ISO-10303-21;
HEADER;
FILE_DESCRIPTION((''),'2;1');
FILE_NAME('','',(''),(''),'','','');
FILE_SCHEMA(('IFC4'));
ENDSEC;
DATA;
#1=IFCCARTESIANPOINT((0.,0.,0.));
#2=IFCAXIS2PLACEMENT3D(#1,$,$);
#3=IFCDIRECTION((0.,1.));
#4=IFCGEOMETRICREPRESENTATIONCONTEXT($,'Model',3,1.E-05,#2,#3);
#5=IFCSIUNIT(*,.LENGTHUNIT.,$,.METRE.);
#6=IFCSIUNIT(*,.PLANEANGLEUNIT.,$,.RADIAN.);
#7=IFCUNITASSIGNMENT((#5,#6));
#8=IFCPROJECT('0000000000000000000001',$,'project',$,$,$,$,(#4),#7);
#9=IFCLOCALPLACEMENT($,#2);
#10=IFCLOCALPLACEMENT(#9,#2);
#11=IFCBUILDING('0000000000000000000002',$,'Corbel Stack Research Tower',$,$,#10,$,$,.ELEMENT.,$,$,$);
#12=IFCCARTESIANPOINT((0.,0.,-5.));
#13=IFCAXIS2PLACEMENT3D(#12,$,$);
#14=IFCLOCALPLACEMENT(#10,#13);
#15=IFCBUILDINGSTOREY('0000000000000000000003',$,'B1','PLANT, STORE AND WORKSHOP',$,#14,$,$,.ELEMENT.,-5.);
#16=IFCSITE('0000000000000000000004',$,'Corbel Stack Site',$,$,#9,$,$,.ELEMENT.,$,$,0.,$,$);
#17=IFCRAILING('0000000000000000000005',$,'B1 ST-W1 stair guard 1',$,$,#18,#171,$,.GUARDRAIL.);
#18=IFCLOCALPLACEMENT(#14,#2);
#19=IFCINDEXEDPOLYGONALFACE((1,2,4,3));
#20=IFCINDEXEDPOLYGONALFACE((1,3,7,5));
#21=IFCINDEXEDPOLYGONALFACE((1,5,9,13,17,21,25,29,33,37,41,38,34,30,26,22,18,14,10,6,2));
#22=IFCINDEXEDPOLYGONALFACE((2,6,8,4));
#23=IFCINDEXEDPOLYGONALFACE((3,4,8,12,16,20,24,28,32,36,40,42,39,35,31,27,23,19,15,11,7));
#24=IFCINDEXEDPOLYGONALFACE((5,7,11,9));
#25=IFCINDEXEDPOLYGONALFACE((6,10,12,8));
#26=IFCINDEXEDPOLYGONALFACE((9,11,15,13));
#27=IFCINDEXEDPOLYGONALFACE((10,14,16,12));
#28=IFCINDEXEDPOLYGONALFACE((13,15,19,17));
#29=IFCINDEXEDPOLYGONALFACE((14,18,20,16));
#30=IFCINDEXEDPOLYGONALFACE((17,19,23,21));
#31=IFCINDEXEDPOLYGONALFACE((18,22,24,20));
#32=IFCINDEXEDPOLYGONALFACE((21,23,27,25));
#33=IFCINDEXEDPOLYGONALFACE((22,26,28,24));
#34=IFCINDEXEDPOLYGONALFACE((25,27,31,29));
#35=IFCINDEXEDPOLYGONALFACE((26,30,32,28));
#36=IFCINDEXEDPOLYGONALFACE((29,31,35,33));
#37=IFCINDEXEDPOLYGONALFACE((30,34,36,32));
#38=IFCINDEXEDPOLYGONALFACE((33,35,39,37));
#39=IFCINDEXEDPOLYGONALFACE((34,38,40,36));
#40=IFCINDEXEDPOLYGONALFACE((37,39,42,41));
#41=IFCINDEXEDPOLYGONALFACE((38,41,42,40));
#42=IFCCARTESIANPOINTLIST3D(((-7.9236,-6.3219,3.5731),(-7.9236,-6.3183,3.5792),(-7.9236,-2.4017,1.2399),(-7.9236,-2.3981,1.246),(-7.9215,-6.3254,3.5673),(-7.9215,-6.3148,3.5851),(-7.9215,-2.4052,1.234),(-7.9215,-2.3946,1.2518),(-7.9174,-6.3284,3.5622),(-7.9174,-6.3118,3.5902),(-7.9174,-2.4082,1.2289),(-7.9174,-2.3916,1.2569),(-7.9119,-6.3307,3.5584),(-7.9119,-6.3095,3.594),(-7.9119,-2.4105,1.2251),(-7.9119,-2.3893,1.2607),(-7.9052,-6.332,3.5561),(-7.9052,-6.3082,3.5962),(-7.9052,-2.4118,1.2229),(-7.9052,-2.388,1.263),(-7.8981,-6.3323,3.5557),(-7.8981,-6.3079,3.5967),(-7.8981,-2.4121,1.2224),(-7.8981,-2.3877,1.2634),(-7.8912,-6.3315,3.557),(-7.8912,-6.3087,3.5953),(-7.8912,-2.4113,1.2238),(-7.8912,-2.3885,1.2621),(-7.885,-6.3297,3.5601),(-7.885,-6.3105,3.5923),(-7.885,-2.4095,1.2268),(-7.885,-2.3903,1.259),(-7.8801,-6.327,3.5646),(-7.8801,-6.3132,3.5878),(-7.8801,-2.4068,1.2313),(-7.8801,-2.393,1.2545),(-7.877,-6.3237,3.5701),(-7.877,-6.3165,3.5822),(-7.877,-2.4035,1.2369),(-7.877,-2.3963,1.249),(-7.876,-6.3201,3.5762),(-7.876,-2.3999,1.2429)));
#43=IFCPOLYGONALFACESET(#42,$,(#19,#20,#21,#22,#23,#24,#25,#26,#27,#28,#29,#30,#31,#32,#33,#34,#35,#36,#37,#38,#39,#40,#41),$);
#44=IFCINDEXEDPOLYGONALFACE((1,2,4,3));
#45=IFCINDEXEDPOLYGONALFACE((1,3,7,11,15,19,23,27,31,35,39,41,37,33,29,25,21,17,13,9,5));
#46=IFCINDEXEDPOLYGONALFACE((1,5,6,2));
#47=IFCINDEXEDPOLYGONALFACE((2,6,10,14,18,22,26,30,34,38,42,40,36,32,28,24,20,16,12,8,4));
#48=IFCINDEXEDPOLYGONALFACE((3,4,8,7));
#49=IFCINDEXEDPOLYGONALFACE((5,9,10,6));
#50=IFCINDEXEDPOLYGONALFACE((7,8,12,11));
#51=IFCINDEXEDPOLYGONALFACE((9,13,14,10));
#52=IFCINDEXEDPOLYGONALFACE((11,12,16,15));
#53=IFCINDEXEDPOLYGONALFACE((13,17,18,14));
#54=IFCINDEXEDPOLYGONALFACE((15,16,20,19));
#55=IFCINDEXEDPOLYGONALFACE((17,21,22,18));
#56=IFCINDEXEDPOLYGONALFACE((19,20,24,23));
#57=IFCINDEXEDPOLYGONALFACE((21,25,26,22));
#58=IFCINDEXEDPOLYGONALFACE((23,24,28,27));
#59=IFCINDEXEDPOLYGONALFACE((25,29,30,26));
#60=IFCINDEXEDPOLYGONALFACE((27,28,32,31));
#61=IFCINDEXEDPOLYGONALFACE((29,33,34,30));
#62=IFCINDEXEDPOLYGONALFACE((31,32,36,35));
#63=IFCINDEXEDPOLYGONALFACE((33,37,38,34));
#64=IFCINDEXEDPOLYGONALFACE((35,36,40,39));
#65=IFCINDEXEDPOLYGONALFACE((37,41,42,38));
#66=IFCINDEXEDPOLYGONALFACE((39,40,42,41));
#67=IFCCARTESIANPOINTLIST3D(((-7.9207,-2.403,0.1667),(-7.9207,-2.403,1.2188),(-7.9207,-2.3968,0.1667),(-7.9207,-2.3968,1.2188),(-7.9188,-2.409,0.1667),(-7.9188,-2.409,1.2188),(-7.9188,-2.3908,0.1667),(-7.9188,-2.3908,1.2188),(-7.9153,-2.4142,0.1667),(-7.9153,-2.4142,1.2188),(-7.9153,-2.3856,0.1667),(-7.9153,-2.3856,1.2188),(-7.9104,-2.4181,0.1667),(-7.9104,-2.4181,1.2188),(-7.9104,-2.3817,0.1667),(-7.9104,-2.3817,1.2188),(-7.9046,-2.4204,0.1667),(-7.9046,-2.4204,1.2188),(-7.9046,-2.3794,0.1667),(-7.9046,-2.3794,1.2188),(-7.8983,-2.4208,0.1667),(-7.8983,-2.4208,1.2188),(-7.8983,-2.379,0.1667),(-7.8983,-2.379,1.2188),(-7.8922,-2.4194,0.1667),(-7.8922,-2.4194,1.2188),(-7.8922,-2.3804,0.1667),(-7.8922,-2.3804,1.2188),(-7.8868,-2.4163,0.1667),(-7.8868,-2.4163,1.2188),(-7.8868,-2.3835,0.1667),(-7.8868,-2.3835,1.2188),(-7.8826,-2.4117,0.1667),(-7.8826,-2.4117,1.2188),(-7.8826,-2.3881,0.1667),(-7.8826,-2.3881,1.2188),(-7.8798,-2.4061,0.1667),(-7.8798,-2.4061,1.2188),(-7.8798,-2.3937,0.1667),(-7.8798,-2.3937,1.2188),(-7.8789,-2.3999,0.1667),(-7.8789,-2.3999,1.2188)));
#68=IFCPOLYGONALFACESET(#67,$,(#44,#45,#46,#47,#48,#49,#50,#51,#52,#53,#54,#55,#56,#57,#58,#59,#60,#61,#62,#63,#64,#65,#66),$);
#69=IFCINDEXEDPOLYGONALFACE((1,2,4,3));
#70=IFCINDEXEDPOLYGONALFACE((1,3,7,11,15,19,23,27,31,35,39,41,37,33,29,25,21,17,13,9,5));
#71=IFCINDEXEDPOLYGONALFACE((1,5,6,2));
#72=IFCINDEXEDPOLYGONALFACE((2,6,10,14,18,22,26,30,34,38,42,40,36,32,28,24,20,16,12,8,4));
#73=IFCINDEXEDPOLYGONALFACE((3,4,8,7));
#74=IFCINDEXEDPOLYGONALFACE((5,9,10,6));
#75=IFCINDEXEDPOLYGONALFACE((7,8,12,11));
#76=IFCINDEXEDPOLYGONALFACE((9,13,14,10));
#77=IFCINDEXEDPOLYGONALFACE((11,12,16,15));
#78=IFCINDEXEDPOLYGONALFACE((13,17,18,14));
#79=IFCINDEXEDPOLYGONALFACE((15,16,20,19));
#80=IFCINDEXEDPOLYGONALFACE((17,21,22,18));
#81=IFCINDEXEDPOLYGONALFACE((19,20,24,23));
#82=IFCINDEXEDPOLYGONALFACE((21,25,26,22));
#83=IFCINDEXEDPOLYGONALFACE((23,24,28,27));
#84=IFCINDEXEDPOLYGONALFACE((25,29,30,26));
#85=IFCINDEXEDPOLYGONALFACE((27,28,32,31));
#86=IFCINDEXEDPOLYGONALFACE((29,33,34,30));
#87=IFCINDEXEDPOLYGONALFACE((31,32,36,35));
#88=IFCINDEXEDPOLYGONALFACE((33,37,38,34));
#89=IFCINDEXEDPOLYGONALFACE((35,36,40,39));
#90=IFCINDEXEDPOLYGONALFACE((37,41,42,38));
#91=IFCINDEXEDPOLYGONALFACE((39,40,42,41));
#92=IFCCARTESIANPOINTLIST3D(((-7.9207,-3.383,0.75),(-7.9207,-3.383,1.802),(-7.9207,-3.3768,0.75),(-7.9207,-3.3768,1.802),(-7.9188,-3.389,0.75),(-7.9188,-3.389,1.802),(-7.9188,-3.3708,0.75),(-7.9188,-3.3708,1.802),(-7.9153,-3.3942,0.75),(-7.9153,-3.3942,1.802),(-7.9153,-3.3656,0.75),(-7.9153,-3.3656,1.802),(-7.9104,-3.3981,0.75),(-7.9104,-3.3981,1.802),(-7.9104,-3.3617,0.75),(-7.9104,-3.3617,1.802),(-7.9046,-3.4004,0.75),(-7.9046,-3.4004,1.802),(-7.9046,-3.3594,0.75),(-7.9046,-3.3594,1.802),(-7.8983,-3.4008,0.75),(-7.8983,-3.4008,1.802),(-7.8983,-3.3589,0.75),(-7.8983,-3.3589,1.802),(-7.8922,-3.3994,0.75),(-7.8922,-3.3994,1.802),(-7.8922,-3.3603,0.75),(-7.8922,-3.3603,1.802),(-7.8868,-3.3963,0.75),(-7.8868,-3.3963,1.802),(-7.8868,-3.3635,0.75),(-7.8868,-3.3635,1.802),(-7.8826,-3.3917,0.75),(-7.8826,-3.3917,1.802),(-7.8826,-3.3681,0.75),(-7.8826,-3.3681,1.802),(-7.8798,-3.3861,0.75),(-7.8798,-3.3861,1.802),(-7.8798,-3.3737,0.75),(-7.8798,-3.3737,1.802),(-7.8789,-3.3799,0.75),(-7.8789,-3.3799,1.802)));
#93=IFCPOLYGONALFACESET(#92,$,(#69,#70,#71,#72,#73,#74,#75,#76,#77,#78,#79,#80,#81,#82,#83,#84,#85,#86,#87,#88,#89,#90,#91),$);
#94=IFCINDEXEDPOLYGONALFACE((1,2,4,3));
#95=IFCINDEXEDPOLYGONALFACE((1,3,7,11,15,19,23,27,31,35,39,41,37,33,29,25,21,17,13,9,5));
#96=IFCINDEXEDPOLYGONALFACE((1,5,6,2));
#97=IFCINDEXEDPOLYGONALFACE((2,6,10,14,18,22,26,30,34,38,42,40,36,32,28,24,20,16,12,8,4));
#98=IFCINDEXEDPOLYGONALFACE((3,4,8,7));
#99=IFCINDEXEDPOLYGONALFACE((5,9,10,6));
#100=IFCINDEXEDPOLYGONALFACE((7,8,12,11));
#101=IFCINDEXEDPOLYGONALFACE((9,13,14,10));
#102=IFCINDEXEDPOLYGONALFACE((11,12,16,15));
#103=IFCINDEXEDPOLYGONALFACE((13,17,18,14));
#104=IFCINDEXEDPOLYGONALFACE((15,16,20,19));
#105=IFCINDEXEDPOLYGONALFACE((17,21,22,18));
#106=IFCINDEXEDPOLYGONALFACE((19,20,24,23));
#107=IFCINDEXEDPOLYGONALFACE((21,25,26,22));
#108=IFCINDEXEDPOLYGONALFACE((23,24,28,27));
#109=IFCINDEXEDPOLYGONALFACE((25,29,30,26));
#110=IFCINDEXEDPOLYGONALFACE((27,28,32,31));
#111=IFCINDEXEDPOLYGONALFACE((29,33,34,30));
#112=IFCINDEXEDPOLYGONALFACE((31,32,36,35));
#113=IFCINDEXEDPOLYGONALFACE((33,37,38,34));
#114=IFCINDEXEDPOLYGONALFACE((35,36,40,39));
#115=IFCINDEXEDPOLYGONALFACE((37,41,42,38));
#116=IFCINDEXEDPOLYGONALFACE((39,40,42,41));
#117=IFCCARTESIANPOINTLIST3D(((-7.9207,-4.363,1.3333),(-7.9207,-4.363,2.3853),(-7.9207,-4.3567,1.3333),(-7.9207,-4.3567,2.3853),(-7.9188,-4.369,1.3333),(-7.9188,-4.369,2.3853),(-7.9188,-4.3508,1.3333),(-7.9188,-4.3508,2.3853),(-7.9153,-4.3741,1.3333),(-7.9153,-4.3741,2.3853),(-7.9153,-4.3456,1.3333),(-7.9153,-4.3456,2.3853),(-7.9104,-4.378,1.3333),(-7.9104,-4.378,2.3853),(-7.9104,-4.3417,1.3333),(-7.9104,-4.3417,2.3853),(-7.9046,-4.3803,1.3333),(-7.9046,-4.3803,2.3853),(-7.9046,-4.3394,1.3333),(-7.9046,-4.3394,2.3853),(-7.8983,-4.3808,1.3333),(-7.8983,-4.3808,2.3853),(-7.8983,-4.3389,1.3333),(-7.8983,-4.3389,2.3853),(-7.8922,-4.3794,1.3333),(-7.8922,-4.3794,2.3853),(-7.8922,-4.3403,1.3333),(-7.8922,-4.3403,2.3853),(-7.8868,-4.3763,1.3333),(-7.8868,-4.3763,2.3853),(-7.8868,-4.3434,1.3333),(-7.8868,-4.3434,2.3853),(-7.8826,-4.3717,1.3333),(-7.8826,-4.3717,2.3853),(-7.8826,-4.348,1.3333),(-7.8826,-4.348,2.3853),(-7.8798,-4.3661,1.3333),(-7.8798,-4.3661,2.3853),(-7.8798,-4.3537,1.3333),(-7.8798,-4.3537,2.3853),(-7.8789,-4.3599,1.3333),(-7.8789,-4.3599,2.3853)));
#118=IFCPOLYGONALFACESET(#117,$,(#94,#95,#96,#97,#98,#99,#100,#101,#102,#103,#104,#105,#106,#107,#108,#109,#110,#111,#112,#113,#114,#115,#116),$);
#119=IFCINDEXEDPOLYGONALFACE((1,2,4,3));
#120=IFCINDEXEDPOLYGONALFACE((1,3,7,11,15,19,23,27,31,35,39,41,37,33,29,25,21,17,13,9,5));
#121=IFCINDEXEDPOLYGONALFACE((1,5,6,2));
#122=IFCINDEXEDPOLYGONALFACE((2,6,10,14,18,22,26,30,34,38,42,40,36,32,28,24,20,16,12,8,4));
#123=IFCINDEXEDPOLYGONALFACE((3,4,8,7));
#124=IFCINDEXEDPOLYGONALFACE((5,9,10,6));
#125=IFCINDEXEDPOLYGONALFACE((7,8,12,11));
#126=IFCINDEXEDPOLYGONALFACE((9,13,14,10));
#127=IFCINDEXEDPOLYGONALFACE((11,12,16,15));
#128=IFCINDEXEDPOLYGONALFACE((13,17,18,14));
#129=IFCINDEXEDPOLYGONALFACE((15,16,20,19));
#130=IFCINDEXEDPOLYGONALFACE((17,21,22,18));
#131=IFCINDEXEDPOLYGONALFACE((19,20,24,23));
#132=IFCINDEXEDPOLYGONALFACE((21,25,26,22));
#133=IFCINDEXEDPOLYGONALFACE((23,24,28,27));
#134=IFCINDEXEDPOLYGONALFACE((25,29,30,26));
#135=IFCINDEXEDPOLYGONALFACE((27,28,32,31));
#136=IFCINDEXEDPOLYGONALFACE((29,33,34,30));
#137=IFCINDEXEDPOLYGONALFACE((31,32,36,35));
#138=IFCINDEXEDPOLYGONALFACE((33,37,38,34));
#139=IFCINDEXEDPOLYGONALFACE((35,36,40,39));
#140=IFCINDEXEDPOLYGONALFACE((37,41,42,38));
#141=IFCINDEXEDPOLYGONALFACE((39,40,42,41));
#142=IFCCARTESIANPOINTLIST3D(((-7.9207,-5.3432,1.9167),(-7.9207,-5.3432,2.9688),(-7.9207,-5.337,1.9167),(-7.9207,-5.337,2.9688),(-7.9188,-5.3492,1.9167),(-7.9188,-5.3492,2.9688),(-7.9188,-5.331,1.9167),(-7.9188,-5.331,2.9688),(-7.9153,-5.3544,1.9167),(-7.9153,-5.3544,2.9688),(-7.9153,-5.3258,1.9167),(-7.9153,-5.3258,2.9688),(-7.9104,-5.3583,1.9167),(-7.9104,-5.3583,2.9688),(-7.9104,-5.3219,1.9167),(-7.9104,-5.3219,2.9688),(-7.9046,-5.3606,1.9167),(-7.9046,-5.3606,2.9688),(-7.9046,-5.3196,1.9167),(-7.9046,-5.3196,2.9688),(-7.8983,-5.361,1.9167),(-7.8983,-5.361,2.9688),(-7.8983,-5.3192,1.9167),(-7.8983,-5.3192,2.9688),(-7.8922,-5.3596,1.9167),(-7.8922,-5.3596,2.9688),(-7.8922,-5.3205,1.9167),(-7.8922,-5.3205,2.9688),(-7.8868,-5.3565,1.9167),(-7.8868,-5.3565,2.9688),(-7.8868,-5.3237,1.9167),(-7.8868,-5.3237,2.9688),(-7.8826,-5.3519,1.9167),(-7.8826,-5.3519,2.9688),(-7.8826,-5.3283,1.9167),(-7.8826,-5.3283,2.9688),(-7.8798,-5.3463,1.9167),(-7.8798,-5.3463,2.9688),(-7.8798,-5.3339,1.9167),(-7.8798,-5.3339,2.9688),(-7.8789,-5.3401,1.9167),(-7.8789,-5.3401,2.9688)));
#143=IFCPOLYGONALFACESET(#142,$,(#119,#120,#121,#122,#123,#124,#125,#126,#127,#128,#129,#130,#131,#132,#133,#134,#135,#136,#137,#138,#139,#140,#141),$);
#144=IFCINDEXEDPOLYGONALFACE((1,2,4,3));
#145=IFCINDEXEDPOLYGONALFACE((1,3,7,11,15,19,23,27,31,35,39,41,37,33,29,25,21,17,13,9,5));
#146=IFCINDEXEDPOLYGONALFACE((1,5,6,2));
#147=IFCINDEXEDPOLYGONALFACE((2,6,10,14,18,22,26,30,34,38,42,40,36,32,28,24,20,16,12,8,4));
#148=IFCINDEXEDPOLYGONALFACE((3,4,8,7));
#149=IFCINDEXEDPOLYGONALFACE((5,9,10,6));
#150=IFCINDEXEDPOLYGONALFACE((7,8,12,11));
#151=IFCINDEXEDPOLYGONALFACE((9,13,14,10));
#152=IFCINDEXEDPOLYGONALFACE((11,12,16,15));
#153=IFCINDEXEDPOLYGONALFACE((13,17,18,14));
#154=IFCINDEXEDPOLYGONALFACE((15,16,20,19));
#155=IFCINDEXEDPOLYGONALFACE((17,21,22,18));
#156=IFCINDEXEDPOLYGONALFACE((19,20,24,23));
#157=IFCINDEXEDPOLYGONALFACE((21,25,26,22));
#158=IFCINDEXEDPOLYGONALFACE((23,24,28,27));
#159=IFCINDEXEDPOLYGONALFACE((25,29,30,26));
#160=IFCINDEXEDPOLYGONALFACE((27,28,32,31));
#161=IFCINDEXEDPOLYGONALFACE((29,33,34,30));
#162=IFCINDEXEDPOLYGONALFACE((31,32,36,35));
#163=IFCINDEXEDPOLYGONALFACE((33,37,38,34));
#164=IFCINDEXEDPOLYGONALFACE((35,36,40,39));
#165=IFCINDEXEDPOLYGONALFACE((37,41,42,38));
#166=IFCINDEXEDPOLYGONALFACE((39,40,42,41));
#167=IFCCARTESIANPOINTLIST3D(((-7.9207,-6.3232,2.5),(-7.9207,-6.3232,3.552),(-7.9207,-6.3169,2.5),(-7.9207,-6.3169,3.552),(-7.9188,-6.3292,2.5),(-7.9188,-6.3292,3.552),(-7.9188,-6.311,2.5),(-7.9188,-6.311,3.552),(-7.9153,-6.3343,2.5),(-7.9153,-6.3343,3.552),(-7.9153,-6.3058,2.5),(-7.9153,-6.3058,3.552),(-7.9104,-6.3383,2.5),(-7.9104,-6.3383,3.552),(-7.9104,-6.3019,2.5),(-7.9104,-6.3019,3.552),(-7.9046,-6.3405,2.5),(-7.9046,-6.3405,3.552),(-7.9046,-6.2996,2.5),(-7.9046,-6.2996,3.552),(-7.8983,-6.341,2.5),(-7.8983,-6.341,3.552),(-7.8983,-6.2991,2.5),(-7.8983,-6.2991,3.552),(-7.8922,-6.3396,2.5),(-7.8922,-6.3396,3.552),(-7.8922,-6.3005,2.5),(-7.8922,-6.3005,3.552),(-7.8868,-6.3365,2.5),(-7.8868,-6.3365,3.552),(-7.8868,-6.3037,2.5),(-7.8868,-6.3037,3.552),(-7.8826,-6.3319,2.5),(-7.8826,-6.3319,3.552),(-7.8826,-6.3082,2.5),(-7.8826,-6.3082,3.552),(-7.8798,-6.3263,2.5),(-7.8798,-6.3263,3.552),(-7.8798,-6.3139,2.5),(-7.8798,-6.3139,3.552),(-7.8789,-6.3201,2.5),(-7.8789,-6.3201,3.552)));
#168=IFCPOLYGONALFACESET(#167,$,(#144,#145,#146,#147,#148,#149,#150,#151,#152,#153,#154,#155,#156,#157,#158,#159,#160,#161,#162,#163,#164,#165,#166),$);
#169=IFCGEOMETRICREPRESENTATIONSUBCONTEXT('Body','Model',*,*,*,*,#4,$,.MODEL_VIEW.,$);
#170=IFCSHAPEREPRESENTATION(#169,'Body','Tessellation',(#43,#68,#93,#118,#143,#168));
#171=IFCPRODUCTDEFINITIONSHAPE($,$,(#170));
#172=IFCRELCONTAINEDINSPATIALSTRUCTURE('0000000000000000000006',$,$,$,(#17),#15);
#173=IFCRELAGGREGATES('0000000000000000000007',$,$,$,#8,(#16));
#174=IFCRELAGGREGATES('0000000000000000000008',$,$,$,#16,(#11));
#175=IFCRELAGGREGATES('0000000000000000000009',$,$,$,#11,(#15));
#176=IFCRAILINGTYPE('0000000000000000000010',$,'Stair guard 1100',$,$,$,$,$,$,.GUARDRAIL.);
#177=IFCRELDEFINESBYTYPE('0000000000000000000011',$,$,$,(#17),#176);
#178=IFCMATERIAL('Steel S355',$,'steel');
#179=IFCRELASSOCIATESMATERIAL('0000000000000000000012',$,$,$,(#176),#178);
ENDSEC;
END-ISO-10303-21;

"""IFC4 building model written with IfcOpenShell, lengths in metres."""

from ifc_helpers import new_model, si_unit, direction, frame, origin, origin_2d, place, context, subcontext, project, spatial, circle, extrude, material, type_object, element, save


model = new_model("IFC4")

# Units and contexts
model_context = context("Model", 3, precision=1e-05, world=origin(), true_north=direction((0.0, 1.0)))
body_context = subcontext(model_context, "Body", "Model", "MODEL_VIEW")
ifc_project = project(units=[si_unit("LENGTHUNIT", "METRE"), si_unit("PLANEANGLEUNIT", "RADIAN")], contexts=[model_context])

# Site, building, storey
site_placement = place(None, origin())
site = spatial("IfcSite", under=ifc_project, at=site_placement, Name="Corbel Stack Site", CompositionType="ELEMENT", RefElevation=0.0)
building_placement = place(site_placement, origin())
building = spatial("IfcBuilding", under=site, at=building_placement, Name="Corbel Stack Research Tower", CompositionType="ELEMENT")
storey_placement = place(building_placement, frame((0.0, 0.0, -5.0)))
storey = spatial("IfcBuildingStorey", under=building, at=storey_placement, Name="B1", Description="PLANT, STORE AND WORKSHOP", CompositionType="ELEMENT", Elevation=-5.0)

# Railing
ifc_material_1 = material(Name="Steel S355", Category="steel")
railing_type = type_object("IfcRailingType", Name="Stair guard 1100", PredefinedType="GUARDRAIL", material=ifc_material_1)
railing_1_placement = place(storey_placement, frame((-7.8999, -2.3999, 0.1667)))
element("IfcRailing", 1, at=railing_1_placement, inside=storey, type_object=railing_type, Name="B1 ST-W1 stair guard 1", PredefinedType="GUARDRAIL", context=body_context, shape_type="SweptSolid", body=[
    extrude(circle(Radius=0.0239, at=origin_2d()), frame((0.0, 0.0, 1.0762), z_axis=(0.0, -0.85931, 0.511455), x_axis=(1.0, 0.0, 0.0)), (0.0, 0.0, 1.0), 4.562),
    extrude(circle(Radius=0.021, at=origin_2d()), origin(), (0.0, 0.0, 1.0), 1.052),
    extrude(circle(Radius=0.021, at=origin_2d()), frame((0.0, -0.98, 0.5833)), (0.0, 0.0, 1.0), 1.052),
    extrude(circle(Radius=0.021, at=origin_2d()), frame((0.0, -1.96, 1.1665)), (0.0, 0.0, 1.0), 1.052),
    extrude(circle(Radius=0.021, at=origin_2d()), frame((0.0, -2.9402, 1.75)), (0.0, 0.0, 1.0), 1.052),
    extrude(circle(Radius=0.021, at=origin_2d()), frame((0.0, -3.9202, 2.3333)), (0.0, 0.0, 1.0), 1.052),
])

save(model, "model.ifc")
